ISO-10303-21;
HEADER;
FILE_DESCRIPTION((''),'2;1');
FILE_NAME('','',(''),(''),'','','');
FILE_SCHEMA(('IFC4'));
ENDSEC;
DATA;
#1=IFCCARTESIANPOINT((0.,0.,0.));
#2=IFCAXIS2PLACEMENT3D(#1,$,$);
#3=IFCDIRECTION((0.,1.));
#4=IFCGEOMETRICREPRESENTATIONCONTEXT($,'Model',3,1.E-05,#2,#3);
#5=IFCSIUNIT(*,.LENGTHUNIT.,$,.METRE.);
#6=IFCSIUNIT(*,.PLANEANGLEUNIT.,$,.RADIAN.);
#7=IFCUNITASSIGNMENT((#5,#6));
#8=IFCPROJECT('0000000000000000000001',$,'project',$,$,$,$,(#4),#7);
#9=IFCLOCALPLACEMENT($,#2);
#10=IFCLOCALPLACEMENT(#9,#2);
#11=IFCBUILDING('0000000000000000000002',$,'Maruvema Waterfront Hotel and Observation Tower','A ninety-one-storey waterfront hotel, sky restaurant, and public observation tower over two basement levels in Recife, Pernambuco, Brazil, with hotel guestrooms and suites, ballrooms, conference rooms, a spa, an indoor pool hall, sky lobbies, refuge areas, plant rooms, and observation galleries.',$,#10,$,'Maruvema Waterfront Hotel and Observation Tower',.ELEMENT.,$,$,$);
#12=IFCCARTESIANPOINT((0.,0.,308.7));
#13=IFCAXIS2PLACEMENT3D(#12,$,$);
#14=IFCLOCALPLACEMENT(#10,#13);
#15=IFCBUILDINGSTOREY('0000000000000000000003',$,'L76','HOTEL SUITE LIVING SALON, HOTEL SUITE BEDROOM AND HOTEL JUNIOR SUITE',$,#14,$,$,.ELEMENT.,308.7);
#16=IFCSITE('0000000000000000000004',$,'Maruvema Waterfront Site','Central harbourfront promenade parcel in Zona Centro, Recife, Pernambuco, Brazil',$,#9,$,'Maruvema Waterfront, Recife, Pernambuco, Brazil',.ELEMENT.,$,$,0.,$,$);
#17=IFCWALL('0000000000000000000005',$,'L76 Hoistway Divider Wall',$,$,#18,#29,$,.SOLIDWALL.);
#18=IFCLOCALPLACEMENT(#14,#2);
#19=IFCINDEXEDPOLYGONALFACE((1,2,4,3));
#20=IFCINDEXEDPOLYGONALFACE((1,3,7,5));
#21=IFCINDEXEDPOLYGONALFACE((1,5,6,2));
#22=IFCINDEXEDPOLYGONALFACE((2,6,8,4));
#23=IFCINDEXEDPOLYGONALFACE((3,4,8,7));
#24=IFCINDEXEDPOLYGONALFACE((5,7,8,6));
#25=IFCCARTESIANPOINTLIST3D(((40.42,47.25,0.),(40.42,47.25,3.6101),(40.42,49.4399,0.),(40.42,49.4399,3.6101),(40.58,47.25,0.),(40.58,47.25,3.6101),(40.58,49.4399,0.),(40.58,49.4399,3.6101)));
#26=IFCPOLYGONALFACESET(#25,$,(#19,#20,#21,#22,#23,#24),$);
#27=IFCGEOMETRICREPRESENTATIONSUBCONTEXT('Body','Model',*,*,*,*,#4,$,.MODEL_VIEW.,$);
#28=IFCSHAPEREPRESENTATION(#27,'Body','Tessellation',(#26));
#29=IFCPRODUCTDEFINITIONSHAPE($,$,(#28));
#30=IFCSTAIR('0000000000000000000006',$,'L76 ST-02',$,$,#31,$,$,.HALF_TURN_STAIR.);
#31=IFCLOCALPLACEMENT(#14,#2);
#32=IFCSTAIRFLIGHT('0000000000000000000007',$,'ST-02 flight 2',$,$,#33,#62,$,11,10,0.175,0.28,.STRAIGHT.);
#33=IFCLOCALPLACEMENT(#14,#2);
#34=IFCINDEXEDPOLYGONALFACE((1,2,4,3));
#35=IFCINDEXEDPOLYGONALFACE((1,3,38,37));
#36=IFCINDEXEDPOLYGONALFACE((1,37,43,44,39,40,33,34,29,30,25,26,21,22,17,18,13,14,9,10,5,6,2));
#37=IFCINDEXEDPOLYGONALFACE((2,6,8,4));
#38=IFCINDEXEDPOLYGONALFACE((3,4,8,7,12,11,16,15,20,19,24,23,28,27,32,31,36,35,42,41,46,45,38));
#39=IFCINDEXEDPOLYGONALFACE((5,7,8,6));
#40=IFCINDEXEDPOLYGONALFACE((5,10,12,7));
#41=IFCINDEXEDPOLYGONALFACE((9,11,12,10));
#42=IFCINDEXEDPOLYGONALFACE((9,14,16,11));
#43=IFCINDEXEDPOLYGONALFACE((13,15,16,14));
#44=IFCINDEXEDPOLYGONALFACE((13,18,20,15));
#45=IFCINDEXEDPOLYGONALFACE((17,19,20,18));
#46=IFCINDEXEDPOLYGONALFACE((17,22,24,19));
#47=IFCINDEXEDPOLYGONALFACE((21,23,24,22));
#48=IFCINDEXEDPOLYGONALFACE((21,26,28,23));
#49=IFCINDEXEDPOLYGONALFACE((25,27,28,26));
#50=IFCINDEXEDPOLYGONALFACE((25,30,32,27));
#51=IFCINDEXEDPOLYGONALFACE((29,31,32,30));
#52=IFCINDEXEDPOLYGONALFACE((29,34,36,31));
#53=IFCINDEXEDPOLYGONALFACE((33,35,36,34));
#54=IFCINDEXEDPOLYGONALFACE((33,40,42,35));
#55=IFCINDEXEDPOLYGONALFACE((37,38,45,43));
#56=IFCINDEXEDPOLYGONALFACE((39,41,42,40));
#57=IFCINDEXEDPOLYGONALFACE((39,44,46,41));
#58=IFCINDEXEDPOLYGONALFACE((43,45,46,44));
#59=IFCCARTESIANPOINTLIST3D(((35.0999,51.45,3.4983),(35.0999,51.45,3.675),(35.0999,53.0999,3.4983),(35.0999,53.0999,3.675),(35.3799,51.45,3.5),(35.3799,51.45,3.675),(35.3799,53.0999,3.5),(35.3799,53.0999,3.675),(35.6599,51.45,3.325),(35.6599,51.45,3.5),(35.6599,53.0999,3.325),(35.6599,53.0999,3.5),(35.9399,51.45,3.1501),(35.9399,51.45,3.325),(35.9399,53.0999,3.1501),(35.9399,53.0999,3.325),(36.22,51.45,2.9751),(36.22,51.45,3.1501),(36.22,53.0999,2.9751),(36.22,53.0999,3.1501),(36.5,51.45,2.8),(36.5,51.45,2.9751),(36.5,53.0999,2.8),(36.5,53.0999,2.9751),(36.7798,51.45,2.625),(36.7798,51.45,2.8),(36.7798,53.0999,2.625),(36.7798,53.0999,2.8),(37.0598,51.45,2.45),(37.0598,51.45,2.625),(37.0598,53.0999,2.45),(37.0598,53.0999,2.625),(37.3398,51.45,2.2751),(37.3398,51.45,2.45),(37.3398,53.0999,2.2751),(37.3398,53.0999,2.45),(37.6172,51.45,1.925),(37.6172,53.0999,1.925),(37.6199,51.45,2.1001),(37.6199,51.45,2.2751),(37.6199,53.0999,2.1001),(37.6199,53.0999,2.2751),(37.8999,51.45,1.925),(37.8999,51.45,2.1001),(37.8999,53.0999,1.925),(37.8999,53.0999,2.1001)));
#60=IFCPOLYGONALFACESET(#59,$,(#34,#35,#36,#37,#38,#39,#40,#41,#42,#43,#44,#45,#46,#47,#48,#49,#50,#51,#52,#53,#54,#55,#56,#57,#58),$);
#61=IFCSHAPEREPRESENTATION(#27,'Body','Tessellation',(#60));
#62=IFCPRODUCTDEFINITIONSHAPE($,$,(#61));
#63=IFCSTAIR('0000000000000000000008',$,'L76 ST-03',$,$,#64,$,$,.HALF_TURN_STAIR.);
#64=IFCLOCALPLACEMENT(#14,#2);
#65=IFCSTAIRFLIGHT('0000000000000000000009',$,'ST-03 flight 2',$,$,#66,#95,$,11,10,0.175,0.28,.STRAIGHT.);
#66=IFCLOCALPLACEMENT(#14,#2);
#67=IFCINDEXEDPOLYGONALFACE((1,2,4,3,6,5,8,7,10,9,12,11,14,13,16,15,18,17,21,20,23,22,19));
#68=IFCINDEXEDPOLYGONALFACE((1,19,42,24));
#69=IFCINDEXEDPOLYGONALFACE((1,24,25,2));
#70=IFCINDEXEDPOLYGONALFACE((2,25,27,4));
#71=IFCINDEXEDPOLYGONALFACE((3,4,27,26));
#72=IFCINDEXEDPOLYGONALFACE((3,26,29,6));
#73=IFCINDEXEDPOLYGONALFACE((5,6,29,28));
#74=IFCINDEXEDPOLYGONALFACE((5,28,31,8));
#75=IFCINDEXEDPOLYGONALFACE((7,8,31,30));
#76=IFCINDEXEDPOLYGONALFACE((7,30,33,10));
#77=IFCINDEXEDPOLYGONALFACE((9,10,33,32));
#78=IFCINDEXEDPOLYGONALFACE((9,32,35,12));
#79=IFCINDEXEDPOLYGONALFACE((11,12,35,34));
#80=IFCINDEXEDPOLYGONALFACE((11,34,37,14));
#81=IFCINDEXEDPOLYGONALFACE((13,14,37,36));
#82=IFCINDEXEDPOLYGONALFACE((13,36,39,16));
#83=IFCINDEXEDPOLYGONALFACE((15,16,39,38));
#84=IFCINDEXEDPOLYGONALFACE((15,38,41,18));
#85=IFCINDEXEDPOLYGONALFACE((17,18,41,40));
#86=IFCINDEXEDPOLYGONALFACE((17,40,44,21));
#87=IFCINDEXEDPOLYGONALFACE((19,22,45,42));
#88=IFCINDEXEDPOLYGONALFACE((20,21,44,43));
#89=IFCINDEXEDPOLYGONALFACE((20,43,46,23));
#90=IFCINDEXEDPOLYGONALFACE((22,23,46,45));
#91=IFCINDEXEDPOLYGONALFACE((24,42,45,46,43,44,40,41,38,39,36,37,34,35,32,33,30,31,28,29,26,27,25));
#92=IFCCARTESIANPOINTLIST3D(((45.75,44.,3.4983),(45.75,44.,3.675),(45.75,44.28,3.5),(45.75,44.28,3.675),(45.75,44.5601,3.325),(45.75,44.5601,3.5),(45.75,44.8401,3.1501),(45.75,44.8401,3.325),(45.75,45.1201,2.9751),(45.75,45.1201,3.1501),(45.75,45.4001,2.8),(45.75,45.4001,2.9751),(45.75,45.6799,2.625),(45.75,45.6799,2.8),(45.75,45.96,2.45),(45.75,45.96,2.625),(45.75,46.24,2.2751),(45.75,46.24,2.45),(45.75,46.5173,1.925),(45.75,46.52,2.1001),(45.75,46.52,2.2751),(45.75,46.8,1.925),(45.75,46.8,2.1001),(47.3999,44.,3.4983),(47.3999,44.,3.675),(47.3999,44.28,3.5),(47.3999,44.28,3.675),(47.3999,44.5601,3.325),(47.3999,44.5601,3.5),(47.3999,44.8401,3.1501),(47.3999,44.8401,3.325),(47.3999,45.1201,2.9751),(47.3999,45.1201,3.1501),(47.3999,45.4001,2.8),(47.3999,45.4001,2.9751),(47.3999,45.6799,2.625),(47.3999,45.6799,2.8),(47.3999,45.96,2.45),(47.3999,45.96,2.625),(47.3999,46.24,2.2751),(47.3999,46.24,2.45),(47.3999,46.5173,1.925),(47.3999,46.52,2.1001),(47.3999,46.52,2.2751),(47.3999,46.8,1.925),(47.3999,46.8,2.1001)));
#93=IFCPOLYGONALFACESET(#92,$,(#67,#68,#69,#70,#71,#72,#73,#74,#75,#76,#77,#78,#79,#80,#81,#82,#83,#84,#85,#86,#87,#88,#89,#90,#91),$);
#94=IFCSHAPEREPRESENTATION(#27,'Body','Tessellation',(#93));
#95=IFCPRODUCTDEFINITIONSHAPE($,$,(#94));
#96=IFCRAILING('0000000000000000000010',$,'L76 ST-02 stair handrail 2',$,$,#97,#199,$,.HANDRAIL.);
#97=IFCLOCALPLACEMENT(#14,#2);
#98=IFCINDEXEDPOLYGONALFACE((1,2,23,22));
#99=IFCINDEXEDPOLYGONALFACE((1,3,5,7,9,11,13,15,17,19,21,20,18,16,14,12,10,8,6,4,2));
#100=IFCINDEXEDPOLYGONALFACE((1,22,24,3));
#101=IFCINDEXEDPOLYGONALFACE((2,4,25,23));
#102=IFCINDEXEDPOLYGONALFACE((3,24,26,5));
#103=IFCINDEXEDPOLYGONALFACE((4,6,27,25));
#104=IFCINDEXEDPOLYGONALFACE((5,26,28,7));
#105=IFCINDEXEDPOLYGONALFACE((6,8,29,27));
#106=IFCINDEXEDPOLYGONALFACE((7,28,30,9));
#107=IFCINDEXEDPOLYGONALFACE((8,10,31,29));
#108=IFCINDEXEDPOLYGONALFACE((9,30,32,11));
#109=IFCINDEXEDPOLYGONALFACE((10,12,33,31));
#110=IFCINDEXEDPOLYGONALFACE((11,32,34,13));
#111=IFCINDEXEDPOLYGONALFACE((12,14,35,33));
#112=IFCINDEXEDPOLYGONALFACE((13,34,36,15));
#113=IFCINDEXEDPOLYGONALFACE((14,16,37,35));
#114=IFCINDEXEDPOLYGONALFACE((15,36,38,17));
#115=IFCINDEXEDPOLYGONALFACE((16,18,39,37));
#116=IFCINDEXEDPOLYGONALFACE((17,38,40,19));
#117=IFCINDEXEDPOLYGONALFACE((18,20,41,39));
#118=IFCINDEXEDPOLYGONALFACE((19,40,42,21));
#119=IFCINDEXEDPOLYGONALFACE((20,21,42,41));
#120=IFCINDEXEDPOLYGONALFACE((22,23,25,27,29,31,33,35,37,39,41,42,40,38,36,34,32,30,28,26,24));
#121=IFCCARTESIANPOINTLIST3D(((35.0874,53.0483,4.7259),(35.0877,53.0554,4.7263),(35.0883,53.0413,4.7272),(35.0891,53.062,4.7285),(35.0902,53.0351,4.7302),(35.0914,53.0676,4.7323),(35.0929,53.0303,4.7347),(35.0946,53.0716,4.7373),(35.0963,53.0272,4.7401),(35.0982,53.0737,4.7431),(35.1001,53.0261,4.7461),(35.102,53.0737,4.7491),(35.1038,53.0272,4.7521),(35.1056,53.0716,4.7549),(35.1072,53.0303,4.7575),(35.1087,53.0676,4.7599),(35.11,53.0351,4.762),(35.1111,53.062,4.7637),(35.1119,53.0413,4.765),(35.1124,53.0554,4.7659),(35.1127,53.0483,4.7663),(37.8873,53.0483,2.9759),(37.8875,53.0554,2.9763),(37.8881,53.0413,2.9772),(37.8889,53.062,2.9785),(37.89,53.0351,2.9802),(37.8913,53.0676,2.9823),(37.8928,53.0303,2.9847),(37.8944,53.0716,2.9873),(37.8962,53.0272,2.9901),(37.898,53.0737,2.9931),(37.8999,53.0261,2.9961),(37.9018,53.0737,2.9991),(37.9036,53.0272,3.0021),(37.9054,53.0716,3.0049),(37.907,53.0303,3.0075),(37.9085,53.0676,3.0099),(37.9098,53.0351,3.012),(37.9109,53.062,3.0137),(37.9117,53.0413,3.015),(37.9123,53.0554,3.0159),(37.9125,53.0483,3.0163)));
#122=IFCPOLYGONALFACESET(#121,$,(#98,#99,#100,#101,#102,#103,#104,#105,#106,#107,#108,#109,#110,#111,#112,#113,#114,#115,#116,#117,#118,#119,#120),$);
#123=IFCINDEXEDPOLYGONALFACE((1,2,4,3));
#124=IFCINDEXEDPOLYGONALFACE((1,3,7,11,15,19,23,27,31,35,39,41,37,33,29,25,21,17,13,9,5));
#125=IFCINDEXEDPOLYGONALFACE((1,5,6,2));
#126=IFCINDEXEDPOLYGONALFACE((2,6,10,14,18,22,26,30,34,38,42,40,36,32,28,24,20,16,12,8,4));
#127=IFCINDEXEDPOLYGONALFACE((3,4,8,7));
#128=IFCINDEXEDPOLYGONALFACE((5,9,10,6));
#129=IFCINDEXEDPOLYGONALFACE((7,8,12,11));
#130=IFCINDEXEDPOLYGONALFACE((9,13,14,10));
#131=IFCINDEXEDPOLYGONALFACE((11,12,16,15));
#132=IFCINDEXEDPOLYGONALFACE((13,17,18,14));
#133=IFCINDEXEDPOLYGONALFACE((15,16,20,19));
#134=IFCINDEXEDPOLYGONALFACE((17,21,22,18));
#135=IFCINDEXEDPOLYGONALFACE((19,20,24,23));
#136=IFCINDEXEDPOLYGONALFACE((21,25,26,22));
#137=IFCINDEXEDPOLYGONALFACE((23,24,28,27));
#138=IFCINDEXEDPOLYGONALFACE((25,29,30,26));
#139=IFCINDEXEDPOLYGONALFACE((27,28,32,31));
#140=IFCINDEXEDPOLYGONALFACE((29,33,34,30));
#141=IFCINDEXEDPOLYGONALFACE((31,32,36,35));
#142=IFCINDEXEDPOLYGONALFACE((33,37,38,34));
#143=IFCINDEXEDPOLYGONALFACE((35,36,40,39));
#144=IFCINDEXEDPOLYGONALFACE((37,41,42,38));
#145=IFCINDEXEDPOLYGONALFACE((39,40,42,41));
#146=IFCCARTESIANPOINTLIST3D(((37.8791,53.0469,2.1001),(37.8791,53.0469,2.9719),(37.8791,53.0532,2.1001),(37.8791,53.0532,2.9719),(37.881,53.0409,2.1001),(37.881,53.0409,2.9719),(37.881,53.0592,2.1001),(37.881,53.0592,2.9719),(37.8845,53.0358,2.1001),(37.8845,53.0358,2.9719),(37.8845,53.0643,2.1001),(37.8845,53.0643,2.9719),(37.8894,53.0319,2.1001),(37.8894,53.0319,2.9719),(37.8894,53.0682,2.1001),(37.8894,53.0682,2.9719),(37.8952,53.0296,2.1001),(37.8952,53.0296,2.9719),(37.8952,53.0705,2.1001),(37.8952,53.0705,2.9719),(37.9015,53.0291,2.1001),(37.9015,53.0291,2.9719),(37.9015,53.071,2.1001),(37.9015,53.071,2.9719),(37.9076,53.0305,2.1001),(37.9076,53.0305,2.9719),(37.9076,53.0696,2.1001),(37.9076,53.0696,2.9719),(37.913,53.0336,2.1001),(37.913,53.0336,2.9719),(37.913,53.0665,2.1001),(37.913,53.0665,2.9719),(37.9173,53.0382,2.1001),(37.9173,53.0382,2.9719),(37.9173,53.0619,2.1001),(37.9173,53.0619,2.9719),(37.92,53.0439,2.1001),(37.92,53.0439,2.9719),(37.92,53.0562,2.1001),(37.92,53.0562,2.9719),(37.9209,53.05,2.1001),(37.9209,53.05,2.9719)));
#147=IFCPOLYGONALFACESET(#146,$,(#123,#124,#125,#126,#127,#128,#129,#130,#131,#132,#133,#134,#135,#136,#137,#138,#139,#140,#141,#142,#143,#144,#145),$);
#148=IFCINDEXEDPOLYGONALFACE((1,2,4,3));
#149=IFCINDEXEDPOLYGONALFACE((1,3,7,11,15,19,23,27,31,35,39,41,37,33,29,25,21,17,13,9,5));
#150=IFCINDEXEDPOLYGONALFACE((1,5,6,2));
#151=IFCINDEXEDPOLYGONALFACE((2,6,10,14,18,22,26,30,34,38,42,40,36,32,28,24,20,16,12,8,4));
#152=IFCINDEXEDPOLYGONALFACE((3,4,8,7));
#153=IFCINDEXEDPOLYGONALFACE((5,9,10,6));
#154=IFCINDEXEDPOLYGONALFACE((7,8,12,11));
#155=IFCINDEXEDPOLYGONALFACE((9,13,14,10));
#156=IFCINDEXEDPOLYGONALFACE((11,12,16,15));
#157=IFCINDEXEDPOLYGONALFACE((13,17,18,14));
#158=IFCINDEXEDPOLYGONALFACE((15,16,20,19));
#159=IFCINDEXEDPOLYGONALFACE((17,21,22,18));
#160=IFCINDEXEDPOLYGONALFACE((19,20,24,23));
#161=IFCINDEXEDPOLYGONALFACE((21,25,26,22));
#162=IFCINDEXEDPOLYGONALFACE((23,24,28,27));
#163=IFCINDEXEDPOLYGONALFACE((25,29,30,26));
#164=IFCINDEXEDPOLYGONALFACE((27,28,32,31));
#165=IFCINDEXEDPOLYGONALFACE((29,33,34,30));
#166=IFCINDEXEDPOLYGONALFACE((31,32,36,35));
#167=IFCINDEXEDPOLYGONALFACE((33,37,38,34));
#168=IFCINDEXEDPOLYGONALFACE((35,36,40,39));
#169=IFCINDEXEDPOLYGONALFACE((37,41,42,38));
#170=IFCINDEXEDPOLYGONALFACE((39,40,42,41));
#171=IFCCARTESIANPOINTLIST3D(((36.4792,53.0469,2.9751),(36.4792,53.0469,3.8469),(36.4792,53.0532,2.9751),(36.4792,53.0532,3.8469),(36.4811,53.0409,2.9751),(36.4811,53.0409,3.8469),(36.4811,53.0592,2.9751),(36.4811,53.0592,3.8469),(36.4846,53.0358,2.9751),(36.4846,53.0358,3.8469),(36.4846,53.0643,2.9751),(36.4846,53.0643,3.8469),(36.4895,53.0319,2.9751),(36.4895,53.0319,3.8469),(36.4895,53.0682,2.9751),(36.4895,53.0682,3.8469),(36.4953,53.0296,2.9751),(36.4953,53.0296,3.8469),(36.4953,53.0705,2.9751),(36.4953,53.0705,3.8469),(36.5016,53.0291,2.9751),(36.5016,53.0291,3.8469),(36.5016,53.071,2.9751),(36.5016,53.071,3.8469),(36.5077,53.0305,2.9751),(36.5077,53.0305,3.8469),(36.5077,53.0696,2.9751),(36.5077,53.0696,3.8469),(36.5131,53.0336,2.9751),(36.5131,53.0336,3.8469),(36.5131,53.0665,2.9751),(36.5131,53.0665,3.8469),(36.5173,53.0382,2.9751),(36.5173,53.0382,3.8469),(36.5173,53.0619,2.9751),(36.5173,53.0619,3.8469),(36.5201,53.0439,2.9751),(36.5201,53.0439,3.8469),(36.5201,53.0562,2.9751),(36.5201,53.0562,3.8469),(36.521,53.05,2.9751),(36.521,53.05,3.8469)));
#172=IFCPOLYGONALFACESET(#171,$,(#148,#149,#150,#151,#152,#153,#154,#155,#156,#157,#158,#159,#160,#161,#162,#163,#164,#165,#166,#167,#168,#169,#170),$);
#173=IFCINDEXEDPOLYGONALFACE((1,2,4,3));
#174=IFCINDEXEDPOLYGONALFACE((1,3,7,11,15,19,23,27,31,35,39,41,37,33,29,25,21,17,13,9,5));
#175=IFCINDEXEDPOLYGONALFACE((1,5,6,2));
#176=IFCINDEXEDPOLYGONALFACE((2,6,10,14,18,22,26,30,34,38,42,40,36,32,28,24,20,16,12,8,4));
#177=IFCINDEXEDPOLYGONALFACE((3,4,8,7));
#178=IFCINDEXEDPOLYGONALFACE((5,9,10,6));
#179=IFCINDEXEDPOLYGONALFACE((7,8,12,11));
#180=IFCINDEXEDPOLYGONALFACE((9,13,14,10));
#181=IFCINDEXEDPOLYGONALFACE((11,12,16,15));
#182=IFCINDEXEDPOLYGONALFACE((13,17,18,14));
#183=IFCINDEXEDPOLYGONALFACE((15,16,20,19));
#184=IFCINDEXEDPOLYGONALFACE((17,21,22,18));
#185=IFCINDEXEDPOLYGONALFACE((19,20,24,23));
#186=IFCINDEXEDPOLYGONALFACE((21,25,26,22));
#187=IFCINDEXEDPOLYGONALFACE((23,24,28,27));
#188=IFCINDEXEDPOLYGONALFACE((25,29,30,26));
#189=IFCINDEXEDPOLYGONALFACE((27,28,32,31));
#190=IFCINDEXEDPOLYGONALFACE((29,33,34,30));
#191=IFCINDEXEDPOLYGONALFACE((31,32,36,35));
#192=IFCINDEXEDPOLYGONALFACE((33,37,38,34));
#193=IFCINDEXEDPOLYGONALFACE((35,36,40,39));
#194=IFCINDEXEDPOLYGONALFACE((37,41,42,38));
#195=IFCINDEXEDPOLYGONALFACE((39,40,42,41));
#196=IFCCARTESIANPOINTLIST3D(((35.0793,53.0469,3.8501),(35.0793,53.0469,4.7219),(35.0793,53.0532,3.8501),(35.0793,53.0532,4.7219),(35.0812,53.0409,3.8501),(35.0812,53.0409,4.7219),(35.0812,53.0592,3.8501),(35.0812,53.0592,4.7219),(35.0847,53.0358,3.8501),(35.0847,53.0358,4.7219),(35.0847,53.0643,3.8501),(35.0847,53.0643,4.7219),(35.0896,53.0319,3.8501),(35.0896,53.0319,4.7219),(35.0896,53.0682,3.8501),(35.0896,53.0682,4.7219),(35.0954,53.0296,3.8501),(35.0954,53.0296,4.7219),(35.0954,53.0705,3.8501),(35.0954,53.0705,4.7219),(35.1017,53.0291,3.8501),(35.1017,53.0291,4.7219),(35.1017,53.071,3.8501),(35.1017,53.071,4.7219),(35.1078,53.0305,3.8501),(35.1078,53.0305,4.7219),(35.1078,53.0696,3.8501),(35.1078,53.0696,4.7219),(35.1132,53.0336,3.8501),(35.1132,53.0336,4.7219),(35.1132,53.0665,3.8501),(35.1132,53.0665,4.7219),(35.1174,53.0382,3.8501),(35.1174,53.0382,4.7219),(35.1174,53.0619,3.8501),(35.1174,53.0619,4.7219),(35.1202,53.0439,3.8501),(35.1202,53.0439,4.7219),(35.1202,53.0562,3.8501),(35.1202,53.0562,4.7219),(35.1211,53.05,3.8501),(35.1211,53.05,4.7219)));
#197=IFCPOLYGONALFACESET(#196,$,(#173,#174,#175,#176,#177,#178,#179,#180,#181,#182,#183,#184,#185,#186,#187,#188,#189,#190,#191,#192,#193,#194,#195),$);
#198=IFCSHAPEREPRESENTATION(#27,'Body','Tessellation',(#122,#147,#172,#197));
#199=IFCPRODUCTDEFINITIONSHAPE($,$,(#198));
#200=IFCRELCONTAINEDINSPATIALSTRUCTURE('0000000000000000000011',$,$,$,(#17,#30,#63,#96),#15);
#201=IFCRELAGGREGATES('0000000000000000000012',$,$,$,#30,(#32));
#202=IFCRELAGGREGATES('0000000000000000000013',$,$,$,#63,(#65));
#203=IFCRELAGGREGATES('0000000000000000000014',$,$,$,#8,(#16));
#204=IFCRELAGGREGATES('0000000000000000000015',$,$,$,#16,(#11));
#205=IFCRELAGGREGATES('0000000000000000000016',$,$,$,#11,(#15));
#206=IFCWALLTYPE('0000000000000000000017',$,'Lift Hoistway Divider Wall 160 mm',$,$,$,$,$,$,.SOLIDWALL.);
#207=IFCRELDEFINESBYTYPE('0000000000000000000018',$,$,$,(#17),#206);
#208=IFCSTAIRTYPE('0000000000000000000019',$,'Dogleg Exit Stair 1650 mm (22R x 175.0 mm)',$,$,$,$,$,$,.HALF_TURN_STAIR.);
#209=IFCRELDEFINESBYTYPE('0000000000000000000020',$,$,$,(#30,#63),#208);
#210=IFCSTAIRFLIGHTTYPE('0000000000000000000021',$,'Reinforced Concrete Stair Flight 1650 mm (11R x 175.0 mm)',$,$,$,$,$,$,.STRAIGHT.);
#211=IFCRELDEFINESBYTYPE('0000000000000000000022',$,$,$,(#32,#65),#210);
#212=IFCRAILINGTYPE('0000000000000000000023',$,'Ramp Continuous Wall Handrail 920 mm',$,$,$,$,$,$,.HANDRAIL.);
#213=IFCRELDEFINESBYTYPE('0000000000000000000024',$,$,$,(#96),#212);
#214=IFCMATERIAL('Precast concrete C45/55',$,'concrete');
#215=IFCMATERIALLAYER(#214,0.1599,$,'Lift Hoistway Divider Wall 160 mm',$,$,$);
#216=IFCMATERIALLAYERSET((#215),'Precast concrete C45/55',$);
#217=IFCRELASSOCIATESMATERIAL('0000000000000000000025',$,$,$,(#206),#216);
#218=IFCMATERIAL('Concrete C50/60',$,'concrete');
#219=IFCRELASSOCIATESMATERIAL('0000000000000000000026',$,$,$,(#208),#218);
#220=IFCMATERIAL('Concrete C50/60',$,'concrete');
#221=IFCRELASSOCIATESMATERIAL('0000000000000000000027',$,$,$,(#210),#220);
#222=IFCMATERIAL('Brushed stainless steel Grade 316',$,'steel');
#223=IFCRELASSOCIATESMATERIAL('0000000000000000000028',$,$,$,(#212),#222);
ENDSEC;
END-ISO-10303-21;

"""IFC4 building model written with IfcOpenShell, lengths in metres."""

from ifc_helpers import new_model, si_unit, direction, frame, frame_2d, origin, origin_2d, place, context, subcontext, project, spatial, polyline, rectangle, circle, outline, extrude, material, layer, layer_set, type_object, element, aggregate, save


model = new_model("IFC4")

# Units and contexts
model_context = context("Model", 3, precision=1e-05, world=origin(), true_north=direction((0.0, 1.0)))
body_context = subcontext(model_context, "Body", "Model", "MODEL_VIEW")
ifc_project = project(units=[si_unit("LENGTHUNIT", "METRE"), si_unit("PLANEANGLEUNIT", "RADIAN")], contexts=[model_context])

# Site, building, storey
site_placement = place(None, origin())
site = spatial("IfcSite", under=ifc_project, at=site_placement, Name="Maruvema Waterfront Site", Description="Central harbourfront promenade parcel in Zona Centro, Recife, Pernambuco, Brazil", LongName="Maruvema Waterfront, Recife, Pernambuco, Brazil", CompositionType="ELEMENT", RefElevation=0.0)
building_placement = place(site_placement, origin())
building = spatial("IfcBuilding", under=site, at=building_placement, Name="Maruvema Waterfront Hotel and Observation Tower", Description="A ninety-one-storey waterfront hotel, sky restaurant, and public observation tower over two basement levels in Recife, Pernambuco, Brazil, with hotel guestrooms and suites, ballrooms, conference rooms, a spa, an indoor pool hall, sky lobbies, refuge areas, plant rooms, and observation galleries.", LongName="Maruvema Waterfront Hotel and Observation Tower", CompositionType="ELEMENT")
storey_placement = place(building_placement, frame((0.0, 0.0, 308.7)))
storey = spatial("IfcBuildingStorey", under=building, at=storey_placement, Name="L76", Description="HOTEL SUITE LIVING SALON, HOTEL SUITE BEDROOM AND HOTEL JUNIOR SUITE", CompositionType="ELEMENT", Elevation=308.7)

# Wall
ifc_material_1 = material(Name="Precast concrete C45/55", Category="concrete")
ifc_layer_1 = layer(ifc_material_1, 0.1599, Name="Lift Hoistway Divider Wall 160 mm")
ifc_layer_set_1 = layer_set([ifc_layer_1], Name="Precast concrete C45/55")
wall_type_1 = type_object("IfcWallType", Name="Lift Hoistway Divider Wall 160 mm", PredefinedType="SOLIDWALL", material=ifc_layer_set_1)
for number, where, z_axis, x_axis, name in (
    (1, (40.5, 47.25, 0.0), (0.0, 0.0, 1.0), (0.0, 1.0, 0.0), "L76 Hoistway Divider Wall"),
):
    element("IfcWall", number, at=place(storey_placement, frame(where, z_axis=z_axis, x_axis=x_axis)), inside=storey, type_object=wall_type_1, Name=name, PredefinedType="SOLIDWALL", context=body_context, shape_type="SweptSolid", body=[
        extrude(rectangle(XDim=2.1899, YDim=0.1599, at=frame_2d((1.095, 0.0))), origin(), (0.0, 0.0, 1.0), 3.6101),
    ])

# Stairs, stair flights
ifc_material_2 = material(Name="Concrete C50/60", Category="concrete")
stair_type = type_object("IfcStairType", Name="Dogleg Exit Stair 1650 mm (22R x 175.0 mm)", PredefinedType="HALF_TURN_STAIR", material=ifc_material_2)
stair_1_placement = place(storey_placement, origin())
stair_1 = element("IfcStair", 2, at=stair_1_placement, inside=storey, type_object=stair_type, Name="L76 ST-02", PredefinedType="HALF_TURN_STAIR")
ifc_material_3 = material(Name="Concrete C50/60", Category="concrete")
stair_flight_type = type_object("IfcStairFlightType", Name="Reinforced Concrete Stair Flight 1650 mm (11R x 175.0 mm)", PredefinedType="STRAIGHT", material=ifc_material_3)
stair_flight_1_placement = place(storey_placement, frame((37.8999, 52.2749, 1.925), z_axis=(0.0, 0.0, 1.0), x_axis=(-1.0, 0.0, 0.0)))
stair_flight_1 = element("IfcStairFlight", 3, at=stair_flight_1_placement, type_object=stair_flight_type, Name="ST-02 flight 2", NumberOfRisers=11, NumberOfTreads=10, PredefinedType="STRAIGHT", RiserHeight=0.175, TreadLength=0.28, context=body_context, shape_type="SweptSolid", body=[
    extrude(outline(polyline([(0.0, 0.0), (0.0, 0.175), (0.28, 0.175), (0.28, 0.3501), (0.5601, 0.3501), (0.5601, 0.5249), (0.8401, 0.5249), (0.8401, 0.7), (1.1201, 0.7), (1.1201, 0.875), (1.3999, 0.875), (1.3999, 1.05), (1.6799, 1.05), (1.6799, 1.2251), (1.96, 1.2251), (1.96, 1.3999), (2.24, 1.3999), (2.24, 1.575), (2.52, 1.575), (2.52, 1.75), (2.8, 1.75), (2.8, 1.925), (2.8, 1.5732), (0.2827, 0.0), (0.0, 0.0)])), frame((0.0, 0.825, 0.0), z_axis=(0.0, -1.0, 0.0), x_axis=(1.0, 0.0, 0.0)), (0.0, 0.0, 1.0), 1.6499),
])
aggregate(stair_1, [stair_flight_1])
stair_2_placement = place(storey_placement, origin())
stair_2 = element("IfcStair", 4, at=stair_2_placement, inside=storey, type_object=stair_type, Name="L76 ST-03", PredefinedType="HALF_TURN_STAIR")
stair_flight_2_placement = place(storey_placement, frame((46.575, 46.8, 1.925), z_axis=(0.0, 0.0, 1.0), x_axis=(0.0, -1.0, 0.0)))
stair_flight_2 = element("IfcStairFlight", 5, at=stair_flight_2_placement, type_object=stair_flight_type, Name="ST-03 flight 2", NumberOfRisers=11, NumberOfTreads=10, PredefinedType="STRAIGHT", RiserHeight=0.175, TreadLength=0.28, context=body_context, shape_type="SweptSolid", body=[
    extrude(outline(polyline([(0.0, 0.0), (0.0, 0.175), (0.28, 0.175), (0.28, 0.3501), (0.5601, 0.3501), (0.5601, 0.5249), (0.8401, 0.5249), (0.8401, 0.7), (1.1201, 0.7), (1.1201, 0.875), (1.3999, 0.875), (1.3999, 1.05), (1.6799, 1.05), (1.6799, 1.2251), (1.96, 1.2251), (1.96, 1.3999), (2.24, 1.3999), (2.24, 1.575), (2.52, 1.575), (2.52, 1.75), (2.8, 1.75), (2.8, 1.925), (2.8, 1.5732), (0.2827, 0.0), (0.0, 0.0)])), frame((0.0, 0.825, 0.0), z_axis=(0.0, -1.0, 0.0), x_axis=(1.0, 0.0, 0.0)), (0.0, 0.0, 1.0), 1.6499),
])
aggregate(stair_2, [stair_flight_2])

# Railing
ifc_material_4 = material(Name="Brushed stainless steel Grade 316", Category="steel")
railing_type_1 = type_object("IfcRailingType", Name="Ramp Continuous Wall Handrail 920 mm", PredefinedType="HANDRAIL", material=ifc_material_4)
railing_1_placement = place(storey_placement, frame((37.8999, 53.05, 2.1001)))
element("IfcRailing", 6, at=railing_1_placement, inside=storey, type_object=railing_type_1, Name="L76 ST-02 stair handrail 2", PredefinedType="HANDRAIL", context=body_context, shape_type="SweptSolid", body=[
    extrude(circle(Radius=0.0239, at=origin_2d()), frame((0.0, 0.0, 0.896), z_axis=(-0.847982, 0.0, 0.530026), x_axis=(0.0, -1.0, 0.0)), (0.0, 0.0, 1.0), 3.3018),
    extrude(circle(Radius=0.021, at=origin_2d()), origin(), (0.0, 0.0, 1.0), 0.8718),
    extrude(circle(Radius=0.021, at=origin_2d()), frame((-1.3999, 0.0, 0.875)), (0.0, 0.0, 1.0), 0.8718),
    extrude(circle(Radius=0.021, at=origin_2d()), frame((-2.7998, 0.0, 1.75)), (0.0, 0.0, 1.0), 0.8718),
])

save(model, "model.ifc")
